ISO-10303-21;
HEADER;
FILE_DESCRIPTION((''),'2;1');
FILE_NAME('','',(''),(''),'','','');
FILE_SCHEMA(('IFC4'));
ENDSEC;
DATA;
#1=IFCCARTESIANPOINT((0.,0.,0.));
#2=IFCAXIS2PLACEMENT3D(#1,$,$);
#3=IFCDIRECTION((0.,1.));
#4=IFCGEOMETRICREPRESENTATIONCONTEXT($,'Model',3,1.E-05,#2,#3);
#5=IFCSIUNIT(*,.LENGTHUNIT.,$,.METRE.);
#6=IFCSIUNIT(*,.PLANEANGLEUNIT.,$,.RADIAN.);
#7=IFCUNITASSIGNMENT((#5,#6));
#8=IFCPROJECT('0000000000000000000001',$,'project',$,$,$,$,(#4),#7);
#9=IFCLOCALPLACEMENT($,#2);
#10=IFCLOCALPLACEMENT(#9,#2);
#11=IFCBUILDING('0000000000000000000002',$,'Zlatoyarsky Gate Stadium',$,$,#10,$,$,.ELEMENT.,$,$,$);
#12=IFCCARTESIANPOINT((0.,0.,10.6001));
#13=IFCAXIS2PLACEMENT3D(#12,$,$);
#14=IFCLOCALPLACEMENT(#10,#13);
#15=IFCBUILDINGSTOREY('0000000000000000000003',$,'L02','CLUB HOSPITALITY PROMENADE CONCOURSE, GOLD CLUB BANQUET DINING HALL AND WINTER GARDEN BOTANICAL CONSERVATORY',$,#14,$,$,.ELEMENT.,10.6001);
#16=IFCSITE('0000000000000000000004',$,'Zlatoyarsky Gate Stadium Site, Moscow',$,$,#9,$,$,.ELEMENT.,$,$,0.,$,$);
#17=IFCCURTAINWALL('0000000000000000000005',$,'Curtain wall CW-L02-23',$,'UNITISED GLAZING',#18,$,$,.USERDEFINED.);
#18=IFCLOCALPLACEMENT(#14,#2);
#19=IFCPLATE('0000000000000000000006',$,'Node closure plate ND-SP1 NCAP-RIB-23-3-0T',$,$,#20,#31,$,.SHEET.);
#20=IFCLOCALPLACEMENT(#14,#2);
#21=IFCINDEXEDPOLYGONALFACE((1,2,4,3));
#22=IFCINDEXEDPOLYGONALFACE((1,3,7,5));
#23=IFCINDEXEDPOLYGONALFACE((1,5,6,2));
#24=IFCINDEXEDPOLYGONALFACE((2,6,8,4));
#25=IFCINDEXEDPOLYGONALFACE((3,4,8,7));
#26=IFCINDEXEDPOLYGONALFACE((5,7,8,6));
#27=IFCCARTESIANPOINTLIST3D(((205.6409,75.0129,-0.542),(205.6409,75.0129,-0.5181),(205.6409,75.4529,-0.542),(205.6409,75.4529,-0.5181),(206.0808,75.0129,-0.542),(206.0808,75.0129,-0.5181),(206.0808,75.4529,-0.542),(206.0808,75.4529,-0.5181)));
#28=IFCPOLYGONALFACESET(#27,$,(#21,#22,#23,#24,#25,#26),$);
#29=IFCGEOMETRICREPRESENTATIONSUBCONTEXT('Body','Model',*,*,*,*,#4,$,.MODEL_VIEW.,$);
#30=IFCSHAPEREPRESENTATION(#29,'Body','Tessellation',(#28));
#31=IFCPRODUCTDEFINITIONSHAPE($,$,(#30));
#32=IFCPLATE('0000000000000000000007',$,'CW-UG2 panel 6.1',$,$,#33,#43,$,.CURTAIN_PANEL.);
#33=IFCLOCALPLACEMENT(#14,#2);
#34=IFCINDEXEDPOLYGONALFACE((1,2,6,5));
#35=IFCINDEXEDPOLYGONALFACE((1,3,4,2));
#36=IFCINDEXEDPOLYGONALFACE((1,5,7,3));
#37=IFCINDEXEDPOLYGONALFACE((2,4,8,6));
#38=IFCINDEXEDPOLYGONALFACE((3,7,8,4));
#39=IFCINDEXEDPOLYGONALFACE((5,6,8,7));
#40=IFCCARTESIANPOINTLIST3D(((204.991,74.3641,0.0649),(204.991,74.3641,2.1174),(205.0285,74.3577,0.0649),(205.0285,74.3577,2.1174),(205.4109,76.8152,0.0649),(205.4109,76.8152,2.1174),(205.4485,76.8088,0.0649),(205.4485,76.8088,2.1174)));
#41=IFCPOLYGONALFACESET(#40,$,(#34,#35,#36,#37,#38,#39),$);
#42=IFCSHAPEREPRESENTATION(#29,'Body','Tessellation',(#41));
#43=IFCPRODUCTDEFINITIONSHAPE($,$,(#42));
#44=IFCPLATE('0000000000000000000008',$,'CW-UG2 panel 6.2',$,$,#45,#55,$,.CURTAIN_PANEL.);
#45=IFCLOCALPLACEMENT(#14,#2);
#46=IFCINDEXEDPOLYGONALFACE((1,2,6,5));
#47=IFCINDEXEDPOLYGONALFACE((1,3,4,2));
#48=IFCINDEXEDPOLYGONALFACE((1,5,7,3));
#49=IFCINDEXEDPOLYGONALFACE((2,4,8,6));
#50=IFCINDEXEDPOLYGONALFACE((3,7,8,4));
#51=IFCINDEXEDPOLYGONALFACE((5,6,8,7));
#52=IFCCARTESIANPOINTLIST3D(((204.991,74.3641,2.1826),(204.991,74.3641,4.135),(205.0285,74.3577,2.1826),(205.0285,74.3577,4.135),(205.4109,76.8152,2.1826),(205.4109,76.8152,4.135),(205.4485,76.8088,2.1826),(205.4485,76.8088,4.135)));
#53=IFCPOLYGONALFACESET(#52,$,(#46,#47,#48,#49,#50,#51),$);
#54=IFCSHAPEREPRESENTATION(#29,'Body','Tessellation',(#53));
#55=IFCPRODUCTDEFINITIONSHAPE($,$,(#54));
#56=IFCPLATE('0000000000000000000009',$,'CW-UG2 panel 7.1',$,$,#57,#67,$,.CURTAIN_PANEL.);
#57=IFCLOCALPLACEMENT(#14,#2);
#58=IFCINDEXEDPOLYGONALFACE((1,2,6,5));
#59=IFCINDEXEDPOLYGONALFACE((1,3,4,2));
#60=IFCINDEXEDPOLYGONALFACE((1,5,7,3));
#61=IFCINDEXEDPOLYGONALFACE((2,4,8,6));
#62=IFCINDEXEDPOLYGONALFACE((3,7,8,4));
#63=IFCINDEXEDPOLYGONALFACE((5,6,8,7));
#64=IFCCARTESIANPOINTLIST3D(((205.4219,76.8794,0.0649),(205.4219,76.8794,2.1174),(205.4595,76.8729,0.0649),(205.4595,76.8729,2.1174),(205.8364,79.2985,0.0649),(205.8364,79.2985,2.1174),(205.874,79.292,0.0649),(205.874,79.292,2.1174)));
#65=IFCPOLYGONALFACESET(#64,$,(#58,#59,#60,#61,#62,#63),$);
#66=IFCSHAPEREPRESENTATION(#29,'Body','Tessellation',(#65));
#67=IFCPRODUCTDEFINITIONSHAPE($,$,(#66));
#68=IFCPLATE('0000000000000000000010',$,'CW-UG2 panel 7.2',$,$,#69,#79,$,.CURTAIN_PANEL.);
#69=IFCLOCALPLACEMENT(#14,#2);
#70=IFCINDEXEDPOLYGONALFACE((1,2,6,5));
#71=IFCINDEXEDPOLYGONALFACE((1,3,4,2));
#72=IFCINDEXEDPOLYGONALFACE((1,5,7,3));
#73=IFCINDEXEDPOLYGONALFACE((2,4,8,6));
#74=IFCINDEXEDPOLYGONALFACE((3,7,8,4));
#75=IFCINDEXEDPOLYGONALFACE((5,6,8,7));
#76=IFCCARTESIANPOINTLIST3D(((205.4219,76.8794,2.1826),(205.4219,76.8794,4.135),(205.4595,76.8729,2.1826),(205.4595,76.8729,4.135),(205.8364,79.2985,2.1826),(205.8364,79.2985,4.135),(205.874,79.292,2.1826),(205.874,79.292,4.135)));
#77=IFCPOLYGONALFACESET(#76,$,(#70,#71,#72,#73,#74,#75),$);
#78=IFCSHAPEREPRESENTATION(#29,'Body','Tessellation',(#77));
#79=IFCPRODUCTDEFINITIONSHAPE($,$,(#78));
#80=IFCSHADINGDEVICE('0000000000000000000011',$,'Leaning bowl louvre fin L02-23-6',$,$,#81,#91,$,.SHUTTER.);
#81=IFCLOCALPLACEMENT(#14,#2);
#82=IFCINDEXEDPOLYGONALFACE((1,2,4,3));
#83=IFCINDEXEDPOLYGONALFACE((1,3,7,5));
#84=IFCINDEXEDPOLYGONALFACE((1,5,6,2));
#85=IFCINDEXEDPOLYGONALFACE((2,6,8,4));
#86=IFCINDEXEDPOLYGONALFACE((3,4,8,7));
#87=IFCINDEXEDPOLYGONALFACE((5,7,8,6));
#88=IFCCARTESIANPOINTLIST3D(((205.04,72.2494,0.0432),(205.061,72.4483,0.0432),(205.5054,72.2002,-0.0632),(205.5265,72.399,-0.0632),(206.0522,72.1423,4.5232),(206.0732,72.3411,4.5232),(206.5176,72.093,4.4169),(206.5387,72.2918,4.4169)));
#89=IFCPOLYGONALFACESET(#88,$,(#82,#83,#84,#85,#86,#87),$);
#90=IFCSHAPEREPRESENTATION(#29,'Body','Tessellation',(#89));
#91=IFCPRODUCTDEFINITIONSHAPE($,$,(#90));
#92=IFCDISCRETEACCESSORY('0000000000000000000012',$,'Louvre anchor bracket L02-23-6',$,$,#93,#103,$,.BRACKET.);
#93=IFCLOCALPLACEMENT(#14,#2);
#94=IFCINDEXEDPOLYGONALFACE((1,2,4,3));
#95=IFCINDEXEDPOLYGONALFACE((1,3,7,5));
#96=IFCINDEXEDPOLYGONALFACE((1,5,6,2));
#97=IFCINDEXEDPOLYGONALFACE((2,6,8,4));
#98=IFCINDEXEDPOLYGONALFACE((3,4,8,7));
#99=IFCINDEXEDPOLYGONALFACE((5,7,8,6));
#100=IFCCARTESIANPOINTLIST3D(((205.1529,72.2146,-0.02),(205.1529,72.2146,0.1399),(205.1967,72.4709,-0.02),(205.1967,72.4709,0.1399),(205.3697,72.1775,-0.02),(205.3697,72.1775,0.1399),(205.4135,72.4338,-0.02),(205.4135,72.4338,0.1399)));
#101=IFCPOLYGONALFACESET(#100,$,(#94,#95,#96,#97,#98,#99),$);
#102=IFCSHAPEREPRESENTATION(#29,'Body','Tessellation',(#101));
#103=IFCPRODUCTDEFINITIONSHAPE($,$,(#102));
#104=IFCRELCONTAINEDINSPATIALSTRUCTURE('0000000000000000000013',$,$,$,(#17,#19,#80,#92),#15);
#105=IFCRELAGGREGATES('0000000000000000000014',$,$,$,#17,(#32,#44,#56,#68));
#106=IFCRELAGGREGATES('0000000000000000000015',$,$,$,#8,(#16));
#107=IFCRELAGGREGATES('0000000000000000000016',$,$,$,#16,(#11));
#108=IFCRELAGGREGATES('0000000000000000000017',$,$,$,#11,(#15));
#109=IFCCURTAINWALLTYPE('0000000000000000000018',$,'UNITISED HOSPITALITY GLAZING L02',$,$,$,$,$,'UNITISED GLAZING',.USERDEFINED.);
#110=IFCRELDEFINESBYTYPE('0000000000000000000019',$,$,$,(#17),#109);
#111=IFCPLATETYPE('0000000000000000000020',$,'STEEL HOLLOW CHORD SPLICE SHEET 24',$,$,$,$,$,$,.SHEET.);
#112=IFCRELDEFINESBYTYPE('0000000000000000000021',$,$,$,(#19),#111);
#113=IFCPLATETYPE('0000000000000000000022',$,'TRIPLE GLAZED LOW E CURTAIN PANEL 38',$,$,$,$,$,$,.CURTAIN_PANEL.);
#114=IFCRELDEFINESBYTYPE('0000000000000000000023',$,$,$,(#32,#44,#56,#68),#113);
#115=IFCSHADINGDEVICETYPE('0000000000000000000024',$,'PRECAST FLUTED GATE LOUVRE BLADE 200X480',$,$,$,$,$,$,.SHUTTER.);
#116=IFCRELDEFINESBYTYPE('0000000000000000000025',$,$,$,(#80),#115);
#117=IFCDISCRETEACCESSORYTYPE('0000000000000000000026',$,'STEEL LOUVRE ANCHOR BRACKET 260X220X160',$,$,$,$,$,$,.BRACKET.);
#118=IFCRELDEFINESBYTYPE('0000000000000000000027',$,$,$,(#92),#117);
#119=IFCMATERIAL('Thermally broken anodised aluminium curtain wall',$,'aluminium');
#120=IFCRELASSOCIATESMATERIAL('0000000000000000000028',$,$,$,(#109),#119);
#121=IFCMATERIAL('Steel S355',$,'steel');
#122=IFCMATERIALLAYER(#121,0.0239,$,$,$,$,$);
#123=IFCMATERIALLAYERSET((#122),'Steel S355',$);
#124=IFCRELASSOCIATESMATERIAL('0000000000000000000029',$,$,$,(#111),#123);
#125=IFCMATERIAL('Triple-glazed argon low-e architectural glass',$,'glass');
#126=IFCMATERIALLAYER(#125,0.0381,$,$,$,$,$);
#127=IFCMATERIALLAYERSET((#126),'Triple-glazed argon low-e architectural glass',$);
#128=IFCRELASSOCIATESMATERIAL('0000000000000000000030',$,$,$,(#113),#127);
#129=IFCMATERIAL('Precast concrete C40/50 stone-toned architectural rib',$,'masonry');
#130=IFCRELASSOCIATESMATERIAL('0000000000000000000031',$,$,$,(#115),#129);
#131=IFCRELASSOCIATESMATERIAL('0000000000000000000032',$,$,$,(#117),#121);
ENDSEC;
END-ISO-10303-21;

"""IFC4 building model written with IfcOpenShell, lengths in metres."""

from ifc_helpers import new_model, si_unit, direction, frame, origin, origin_2d, place, context, subcontext, project, spatial, rectangle, extrude, material, layer, layer_set, material_profile, profile_set, type_object, element, aggregate, save


model = new_model("IFC4")

# Units and contexts
model_context = context("Model", 3, precision=1e-05, world=origin(), true_north=direction((0.0, 1.0)))
body_context = subcontext(model_context, "Body", "Model", "MODEL_VIEW")
ifc_project = project(units=[si_unit("LENGTHUNIT", "METRE"), si_unit("PLANEANGLEUNIT", "RADIAN")], contexts=[model_context])

# Site, building, storey
site_placement = place(None, origin())
site = spatial("IfcSite", under=ifc_project, at=site_placement, Name="Zlatoyarsky Gate Stadium Site, Moscow", CompositionType="ELEMENT", RefElevation=0.0)
building_placement = place(site_placement, origin())
building = spatial("IfcBuilding", under=site, at=building_placement, Name="Zlatoyarsky Gate Stadium", CompositionType="ELEMENT")
storey_placement = place(building_placement, frame((0.0, 0.0, 10.6001)))
storey = spatial("IfcBuildingStorey", under=building, at=storey_placement, Name="L02", Description="CLUB HOSPITALITY PROMENADE CONCOURSE, GOLD CLUB BANQUET DINING HALL AND WINTER GARDEN BOTANICAL CONSERVATORY", CompositionType="ELEMENT", Elevation=10.6001)

# Shared definitions
ifc_material_1 = material(Name="Steel S355", Category="steel")

# Curtain wall
ifc_material_2 = material(Name="Thermally broken anodised aluminium curtain wall", Category="aluminium")
curtain_wall_type_1 = type_object("IfcCurtainWallType", Name="UNITISED HOSPITALITY GLAZING L02", ElementType="UNITISED GLAZING", PredefinedType="USERDEFINED", material=ifc_material_2)
curtain_wall_1_placement = place(storey_placement, origin())
curtain_wall_1 = element("IfcCurtainWall", 1, at=curtain_wall_1_placement, inside=storey, type_object=curtain_wall_type_1, Name="Curtain wall CW-L02-23", ObjectType="UNITISED GLAZING", PredefinedType="USERDEFINED")

# Plate
ifc_layer_1 = layer(ifc_material_1, 0.0239)
ifc_layer_set_1 = layer_set([ifc_layer_1], Name="Steel S355")
plate_type_1 = type_object("IfcPlateType", Name="STEEL HOLLOW CHORD SPLICE SHEET 24", PredefinedType="SHEET", material=ifc_layer_set_1)
plate_1_placement = place(storey_placement, frame((205.8608, 75.2329, -0.542), z_axis=(0.0, 0.0, 1.0), x_axis=(1.0, 0.0, 0.0)))
element("IfcPlate", 2, at=plate_1_placement, inside=storey, type_object=plate_type_1, Name="Node closure plate ND-SP1 NCAP-RIB-23-3-0T", PredefinedType="SHEET", context=body_context, shape_type="SweptSolid", body=[
    extrude(rectangle(XDim=0.4399, YDim=0.4399, at=origin_2d()), origin(), (0.0, 0.0, 1.0), 0.0239),
])

# Plates
ifc_material_3 = material(Name="Triple-glazed argon low-e architectural glass", Category="glass")
ifc_layer_2 = layer(ifc_material_3, 0.0381)
ifc_layer_set_2 = layer_set([ifc_layer_2], Name="Triple-glazed argon low-e architectural glass")
plate_type_2 = type_object("IfcPlateType", Name="TRIPLE GLAZED LOW E CURTAIN PANEL 38", PredefinedType="CURTAIN_PANEL", material=ifc_layer_set_2)
plate_2_placement = place(storey_placement, frame((205.2197, 75.5864, 0.0649), z_axis=(0.0, 0.0, 1.0), x_axis=(0.168876, 0.985637, 0.0)))
plate_2 = element("IfcPlate", 3, at=plate_2_placement, type_object=plate_type_2, Name="CW-UG2 panel 6.1", PredefinedType="CURTAIN_PANEL", context=body_context, shape_type="SweptSolid", body=[
    extrude(rectangle(XDim=2.4868, YDim=0.0381, at=origin_2d()), origin(), (0.0, 0.0, 1.0), 2.0525),
])
plate_3_placement = place(storey_placement, frame((205.2197, 75.5864, 2.1826), z_axis=(0.0, 0.0, 1.0), x_axis=(0.168876, 0.985637, 0.0)))
plate_3 = element("IfcPlate", 4, at=plate_3_placement, type_object=plate_type_2, Name="CW-UG2 panel 6.2", PredefinedType="CURTAIN_PANEL", context=body_context, shape_type="SweptSolid", body=[
    extrude(rectangle(XDim=2.4868, YDim=0.0381, at=origin_2d()), origin(), (0.0, 0.0, 1.0), 1.9524),
])
plate_4_placement = place(storey_placement, frame((205.6479, 78.0857, 0.0649), z_axis=(0.0, 0.0, 1.0), x_axis=(0.168876, 0.985637, 0.0)))
plate_4 = element("IfcPlate", 5, at=plate_4_placement, type_object=plate_type_2, Name="CW-UG2 panel 7.1", PredefinedType="CURTAIN_PANEL", context=body_context, shape_type="SweptSolid", body=[
    extrude(rectangle(XDim=2.4543, YDim=0.0381, at=origin_2d()), origin(), (0.0, 0.0, 1.0), 2.0525),
])
plate_5_placement = place(storey_placement, frame((205.6479, 78.0857, 2.1826), z_axis=(0.0, 0.0, 1.0), x_axis=(0.168876, 0.985637, 0.0)))
plate_5 = element("IfcPlate", 6, at=plate_5_placement, type_object=plate_type_2, Name="CW-UG2 panel 7.2", PredefinedType="CURTAIN_PANEL", context=body_context, shape_type="SweptSolid", body=[
    extrude(rectangle(XDim=2.4543, YDim=0.0381, at=origin_2d()), origin(), (0.0, 0.0, 1.0), 1.9524),
])
aggregate(curtain_wall_1, [plate_2, plate_3, plate_4, plate_5])

# Shading device
ifc_material_4 = material(Name="Precast concrete C40/50 stone-toned architectural rib", Category="masonry")
ifc_material_profile_1 = material_profile(ifc_material_4, rectangle(XDim=0.2, YDim=0.48, at=origin_2d()), Name="RIB 200X480")
ifc_profile_set_1 = profile_set([ifc_material_profile_1], Name="Precast concrete C40/50 stone-toned architectural rib")
shading_device_type = type_object("IfcShadingDeviceType", Name="PRECAST FLUTED GATE LOUVRE BLADE 200X480", PredefinedType="SHUTTER", material=ifc_profile_set_1)
shading_device_placement = place(storey_placement, frame((205.2832, 72.3242, -0.01), z_axis=(0.220325, -0.023329, 0.975148), x_axis=(0.105297, 0.994441, 0.0)))
element("IfcShadingDevice", 7, at=shading_device_placement, inside=storey, type_object=shading_device_type, Name="Leaning bowl louvre fin L02-23-6", PredefinedType="SHUTTER", context=body_context, shape_type="SweptSolid", body=[
    extrude(rectangle(XDim=0.2, YDim=0.48, at=origin_2d()), origin(), (0.0, 0.0, 1.0), 4.5942),
])

# Discrete accessory
discrete_accessory_type = type_object("IfcDiscreteAccessoryType", Name="STEEL LOUVRE ANCHOR BRACKET 260X220X160", PredefinedType="BRACKET", material=ifc_material_1)
discrete_accessory_placement = place(storey_placement, frame((205.2832, 72.3242, -0.02), z_axis=(0.0, 0.0, 1.0), x_axis=(0.168563, 0.985691, 0.0)))
element("IfcDiscreteAccessory", 8, at=discrete_accessory_placement, inside=storey, type_object=discrete_accessory_type, Name="Louvre anchor bracket L02-23-6", PredefinedType="BRACKET", context=body_context, shape_type="SweptSolid", body=[
    extrude(rectangle(XDim=0.26, YDim=0.22, at=origin_2d()), origin(), (0.0, 0.0, 1.0), 0.1599),
])

save(model, "model.ifc")
